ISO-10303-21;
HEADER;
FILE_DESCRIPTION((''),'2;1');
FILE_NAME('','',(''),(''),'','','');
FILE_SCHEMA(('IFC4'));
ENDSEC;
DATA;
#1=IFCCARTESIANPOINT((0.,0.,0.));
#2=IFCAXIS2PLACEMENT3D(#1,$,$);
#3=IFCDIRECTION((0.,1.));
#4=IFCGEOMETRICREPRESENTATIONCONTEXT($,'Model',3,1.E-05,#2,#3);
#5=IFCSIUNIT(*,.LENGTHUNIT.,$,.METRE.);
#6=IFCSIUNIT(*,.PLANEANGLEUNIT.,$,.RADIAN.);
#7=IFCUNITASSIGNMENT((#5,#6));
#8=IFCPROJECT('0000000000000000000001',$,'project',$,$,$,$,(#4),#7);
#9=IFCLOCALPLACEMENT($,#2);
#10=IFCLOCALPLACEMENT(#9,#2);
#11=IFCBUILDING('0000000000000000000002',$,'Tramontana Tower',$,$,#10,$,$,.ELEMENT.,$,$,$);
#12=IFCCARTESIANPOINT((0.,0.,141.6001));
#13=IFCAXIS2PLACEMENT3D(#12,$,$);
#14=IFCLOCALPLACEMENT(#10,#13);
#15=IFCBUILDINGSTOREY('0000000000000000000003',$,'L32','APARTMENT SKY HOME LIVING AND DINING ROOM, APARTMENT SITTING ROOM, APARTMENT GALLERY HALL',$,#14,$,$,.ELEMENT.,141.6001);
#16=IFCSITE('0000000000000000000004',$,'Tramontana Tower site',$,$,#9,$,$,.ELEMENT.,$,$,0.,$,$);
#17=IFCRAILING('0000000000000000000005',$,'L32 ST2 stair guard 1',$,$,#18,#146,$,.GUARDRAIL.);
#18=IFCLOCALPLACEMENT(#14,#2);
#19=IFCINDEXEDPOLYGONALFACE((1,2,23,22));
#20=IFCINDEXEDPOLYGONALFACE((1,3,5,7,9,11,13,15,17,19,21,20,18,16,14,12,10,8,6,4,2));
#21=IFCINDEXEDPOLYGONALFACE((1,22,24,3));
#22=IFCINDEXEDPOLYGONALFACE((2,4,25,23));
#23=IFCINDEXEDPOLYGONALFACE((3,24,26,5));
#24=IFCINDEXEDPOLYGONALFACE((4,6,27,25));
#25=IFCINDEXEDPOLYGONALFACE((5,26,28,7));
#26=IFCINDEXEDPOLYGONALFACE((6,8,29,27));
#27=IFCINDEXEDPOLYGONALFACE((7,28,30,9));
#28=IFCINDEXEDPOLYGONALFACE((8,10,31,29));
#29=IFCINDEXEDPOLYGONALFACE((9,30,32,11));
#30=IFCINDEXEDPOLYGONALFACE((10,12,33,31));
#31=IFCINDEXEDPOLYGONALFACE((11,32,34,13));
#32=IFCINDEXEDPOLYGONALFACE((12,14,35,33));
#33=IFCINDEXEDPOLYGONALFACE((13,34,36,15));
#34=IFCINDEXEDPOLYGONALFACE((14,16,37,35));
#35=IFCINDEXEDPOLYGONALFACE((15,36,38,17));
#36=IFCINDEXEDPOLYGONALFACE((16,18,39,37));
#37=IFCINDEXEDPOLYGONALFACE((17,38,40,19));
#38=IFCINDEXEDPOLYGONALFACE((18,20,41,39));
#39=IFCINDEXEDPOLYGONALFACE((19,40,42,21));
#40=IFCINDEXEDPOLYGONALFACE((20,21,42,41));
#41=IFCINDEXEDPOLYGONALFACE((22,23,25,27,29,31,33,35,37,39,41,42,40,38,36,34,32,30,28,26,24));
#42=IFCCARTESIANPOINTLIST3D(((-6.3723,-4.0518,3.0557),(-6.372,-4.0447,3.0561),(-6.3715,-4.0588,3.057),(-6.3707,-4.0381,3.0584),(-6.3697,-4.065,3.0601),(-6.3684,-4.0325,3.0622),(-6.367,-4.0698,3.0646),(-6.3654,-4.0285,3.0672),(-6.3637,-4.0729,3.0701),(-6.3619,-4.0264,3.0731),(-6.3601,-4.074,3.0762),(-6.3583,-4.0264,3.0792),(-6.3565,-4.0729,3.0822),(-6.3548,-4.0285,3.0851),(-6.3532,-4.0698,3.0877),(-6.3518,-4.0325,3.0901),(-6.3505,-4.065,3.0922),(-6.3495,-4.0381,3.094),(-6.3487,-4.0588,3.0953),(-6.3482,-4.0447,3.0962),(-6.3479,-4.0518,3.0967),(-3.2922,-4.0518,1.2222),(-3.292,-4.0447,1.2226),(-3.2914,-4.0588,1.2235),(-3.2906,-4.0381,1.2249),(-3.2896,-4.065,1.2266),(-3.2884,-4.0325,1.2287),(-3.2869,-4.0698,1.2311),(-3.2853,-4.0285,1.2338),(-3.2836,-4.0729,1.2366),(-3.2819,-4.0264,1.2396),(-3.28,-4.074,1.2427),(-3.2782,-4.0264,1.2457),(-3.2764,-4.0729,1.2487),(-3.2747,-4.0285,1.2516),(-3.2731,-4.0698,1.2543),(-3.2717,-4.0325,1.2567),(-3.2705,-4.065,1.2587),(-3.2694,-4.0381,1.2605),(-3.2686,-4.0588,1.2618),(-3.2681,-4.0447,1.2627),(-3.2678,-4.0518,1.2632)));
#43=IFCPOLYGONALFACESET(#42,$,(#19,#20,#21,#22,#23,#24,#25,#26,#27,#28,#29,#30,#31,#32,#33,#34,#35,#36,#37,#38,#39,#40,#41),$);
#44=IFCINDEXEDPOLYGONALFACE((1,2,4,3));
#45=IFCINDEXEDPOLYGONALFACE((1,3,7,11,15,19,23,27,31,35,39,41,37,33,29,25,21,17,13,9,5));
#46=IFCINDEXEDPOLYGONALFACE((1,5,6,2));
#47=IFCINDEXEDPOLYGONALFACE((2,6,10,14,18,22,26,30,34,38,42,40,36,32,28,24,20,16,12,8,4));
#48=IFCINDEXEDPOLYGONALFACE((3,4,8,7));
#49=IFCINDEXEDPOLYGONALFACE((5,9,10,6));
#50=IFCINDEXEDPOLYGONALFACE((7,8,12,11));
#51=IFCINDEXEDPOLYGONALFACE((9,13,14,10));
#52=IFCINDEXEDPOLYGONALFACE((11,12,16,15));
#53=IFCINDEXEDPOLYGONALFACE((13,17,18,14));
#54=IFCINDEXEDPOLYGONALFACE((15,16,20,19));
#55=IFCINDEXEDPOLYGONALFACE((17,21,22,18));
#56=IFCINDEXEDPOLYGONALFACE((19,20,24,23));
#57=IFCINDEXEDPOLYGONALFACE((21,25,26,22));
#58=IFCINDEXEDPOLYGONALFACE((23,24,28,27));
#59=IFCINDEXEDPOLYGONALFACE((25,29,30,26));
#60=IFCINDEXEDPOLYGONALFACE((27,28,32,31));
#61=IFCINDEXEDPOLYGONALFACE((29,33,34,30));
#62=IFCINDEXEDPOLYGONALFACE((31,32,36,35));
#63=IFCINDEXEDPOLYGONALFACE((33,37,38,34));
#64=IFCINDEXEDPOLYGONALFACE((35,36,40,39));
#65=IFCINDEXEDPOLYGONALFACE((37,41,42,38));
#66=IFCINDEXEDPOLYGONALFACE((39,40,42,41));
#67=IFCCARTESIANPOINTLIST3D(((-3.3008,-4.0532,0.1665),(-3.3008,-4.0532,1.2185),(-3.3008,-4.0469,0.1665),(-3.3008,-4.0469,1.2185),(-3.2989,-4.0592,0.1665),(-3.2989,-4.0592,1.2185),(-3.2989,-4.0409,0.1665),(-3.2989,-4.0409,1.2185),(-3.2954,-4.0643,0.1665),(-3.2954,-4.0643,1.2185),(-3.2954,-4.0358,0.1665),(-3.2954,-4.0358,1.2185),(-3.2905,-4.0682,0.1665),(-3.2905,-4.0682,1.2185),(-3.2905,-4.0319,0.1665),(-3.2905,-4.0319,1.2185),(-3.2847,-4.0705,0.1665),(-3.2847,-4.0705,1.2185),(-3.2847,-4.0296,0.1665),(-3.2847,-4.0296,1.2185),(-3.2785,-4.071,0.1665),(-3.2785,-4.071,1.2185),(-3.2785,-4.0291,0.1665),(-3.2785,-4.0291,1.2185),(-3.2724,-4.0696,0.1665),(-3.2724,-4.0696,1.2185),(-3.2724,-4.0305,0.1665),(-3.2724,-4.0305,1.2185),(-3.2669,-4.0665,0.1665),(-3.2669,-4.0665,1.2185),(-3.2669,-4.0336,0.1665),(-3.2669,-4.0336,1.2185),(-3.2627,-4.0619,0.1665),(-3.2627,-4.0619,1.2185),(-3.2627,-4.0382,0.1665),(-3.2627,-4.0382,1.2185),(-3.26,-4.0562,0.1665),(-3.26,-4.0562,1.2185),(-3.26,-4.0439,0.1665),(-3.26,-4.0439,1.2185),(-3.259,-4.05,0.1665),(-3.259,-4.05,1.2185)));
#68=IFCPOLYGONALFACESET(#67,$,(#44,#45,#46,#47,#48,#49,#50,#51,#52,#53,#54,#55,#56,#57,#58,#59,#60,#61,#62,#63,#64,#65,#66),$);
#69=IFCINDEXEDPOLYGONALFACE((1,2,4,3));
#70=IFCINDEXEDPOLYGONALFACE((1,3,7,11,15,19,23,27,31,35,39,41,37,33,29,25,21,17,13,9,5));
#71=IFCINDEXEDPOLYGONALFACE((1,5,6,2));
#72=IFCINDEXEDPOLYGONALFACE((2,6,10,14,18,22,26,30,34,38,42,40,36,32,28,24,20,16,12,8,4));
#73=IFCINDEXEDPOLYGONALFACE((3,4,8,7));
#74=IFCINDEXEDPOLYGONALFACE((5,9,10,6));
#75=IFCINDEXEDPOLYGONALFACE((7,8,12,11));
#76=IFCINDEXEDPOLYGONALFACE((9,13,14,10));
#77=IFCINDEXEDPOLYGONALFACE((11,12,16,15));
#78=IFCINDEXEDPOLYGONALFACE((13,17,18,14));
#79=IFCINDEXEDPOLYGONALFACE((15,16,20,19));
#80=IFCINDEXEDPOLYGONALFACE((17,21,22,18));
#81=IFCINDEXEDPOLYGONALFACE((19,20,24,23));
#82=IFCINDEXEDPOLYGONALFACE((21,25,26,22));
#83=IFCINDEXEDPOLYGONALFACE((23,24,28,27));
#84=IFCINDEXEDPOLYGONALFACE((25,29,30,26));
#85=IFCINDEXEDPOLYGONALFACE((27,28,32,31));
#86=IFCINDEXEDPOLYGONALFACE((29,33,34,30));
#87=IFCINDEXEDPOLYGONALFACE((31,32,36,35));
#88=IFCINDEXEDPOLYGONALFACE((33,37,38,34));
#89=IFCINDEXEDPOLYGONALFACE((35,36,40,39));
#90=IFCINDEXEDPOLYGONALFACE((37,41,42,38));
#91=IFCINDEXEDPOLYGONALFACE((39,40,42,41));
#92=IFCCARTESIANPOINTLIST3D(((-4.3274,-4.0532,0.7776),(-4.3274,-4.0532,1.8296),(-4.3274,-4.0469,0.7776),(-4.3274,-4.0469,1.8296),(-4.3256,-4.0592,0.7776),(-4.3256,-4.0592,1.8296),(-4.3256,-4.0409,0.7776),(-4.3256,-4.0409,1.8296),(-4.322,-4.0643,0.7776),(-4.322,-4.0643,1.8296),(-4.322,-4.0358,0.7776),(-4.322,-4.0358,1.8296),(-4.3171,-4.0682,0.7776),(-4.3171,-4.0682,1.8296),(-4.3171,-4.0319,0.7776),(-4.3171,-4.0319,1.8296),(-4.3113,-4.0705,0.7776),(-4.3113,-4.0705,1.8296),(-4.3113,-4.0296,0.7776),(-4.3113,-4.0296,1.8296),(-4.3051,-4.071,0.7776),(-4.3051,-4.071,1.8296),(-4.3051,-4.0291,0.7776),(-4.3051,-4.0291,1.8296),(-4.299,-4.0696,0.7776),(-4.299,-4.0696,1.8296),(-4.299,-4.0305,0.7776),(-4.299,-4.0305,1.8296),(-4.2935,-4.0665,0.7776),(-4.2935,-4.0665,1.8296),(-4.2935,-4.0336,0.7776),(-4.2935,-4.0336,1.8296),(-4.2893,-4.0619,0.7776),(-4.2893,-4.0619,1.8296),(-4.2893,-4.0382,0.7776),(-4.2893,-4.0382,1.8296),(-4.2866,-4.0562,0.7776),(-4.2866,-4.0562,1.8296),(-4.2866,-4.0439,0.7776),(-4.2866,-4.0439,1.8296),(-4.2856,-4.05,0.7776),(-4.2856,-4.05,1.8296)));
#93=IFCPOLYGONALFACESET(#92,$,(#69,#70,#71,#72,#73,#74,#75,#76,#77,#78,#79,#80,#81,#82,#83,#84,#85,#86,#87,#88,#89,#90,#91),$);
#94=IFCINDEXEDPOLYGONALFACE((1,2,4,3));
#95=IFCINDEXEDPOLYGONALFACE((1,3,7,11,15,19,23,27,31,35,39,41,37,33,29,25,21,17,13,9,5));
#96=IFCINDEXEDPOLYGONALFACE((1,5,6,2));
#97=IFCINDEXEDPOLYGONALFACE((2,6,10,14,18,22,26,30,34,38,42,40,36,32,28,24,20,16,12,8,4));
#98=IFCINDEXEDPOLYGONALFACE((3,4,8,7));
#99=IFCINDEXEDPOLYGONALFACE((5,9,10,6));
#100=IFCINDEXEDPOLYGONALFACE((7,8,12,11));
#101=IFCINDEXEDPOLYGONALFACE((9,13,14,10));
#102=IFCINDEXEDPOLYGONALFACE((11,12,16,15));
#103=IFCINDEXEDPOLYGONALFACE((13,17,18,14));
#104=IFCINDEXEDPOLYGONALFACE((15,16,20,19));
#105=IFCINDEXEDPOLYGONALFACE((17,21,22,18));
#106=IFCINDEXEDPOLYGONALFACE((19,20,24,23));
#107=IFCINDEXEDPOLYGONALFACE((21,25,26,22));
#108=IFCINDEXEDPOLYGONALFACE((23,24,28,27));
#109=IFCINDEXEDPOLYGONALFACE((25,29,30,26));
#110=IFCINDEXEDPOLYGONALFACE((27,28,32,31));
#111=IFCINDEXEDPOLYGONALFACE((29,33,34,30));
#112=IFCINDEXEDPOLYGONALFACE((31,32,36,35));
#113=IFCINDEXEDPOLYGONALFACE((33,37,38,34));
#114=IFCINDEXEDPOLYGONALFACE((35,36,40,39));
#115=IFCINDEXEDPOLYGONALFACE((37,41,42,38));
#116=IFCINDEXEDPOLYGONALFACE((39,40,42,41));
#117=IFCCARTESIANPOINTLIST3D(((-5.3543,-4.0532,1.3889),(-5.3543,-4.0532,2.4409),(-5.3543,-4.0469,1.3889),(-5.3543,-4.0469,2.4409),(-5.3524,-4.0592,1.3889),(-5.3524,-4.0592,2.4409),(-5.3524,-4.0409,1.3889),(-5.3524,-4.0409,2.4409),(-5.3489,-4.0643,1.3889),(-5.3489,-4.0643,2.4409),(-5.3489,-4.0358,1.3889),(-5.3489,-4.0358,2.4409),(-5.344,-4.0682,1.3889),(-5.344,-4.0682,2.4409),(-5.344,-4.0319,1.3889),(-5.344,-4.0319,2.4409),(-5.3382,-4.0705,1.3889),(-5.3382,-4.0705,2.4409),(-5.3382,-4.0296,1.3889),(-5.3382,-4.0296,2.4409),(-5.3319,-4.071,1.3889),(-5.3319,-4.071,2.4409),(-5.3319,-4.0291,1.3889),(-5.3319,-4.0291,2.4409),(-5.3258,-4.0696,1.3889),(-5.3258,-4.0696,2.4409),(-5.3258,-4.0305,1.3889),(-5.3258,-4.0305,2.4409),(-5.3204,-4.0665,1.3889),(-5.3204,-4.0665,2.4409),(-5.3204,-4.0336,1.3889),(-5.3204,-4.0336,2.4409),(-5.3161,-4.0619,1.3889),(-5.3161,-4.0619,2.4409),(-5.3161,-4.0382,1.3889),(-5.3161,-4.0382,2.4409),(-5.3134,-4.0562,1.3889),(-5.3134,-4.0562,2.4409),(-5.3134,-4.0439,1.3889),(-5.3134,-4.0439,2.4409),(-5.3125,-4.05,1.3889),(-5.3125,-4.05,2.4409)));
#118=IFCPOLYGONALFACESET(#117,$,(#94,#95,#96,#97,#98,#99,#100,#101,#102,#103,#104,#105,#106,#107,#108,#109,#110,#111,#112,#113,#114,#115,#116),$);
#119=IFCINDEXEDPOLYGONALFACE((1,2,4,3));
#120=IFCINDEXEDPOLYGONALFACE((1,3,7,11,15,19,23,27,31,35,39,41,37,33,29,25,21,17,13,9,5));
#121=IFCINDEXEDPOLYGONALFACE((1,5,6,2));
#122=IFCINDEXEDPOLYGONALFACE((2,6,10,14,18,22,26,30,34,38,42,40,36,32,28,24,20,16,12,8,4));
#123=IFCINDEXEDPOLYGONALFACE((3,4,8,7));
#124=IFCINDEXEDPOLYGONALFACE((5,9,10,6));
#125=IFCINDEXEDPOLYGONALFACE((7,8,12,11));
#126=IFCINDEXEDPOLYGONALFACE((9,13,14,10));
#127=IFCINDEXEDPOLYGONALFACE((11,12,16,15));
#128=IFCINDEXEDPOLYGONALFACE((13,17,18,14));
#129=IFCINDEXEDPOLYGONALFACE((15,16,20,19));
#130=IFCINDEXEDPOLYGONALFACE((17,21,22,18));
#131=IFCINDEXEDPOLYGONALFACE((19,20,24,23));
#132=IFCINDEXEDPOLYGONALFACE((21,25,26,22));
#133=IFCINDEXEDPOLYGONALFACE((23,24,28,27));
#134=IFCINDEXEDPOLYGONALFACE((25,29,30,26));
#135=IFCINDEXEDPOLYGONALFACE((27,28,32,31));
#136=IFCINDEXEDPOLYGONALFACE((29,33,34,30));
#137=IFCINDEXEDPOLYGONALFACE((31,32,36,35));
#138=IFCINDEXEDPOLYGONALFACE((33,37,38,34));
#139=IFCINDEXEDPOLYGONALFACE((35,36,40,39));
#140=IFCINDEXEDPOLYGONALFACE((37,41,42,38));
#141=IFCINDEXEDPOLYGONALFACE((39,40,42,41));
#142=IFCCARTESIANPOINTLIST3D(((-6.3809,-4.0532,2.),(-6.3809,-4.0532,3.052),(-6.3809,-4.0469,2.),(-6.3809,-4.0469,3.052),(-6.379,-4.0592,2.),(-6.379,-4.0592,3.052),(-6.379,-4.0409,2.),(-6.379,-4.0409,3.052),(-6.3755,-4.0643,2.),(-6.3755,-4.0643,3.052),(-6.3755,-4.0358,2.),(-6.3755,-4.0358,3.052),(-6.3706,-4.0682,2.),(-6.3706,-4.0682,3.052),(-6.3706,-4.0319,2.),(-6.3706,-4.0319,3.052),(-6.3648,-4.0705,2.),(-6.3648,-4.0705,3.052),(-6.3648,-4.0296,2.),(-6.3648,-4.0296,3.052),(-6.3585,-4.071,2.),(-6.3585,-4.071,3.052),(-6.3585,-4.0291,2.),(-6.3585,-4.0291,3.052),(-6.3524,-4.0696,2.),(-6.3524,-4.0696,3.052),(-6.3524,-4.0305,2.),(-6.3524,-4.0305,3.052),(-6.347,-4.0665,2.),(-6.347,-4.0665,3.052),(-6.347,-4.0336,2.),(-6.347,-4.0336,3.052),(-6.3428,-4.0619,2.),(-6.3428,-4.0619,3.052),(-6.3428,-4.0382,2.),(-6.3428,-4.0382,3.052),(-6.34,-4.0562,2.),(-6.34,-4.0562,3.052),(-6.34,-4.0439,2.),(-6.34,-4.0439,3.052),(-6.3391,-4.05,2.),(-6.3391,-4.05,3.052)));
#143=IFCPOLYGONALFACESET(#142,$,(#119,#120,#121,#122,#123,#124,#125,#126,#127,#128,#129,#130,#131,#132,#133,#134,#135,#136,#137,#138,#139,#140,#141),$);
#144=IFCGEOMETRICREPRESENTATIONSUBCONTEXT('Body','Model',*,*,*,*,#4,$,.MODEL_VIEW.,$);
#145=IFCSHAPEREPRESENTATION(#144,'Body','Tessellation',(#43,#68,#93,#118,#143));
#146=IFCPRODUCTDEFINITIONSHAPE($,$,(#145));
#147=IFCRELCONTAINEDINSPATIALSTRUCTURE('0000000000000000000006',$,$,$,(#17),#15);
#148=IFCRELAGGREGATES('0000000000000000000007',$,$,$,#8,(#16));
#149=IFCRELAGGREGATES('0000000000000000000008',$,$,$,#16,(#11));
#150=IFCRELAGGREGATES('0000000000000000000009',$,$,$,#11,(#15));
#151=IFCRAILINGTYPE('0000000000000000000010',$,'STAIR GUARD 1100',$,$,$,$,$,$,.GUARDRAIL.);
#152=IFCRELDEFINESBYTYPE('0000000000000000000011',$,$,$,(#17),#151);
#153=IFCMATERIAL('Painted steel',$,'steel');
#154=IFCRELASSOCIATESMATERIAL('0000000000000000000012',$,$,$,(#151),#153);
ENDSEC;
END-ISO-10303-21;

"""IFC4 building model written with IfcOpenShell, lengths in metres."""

from ifc_helpers import new_model, si_unit, direction, frame, origin, origin_2d, place, context, subcontext, project, spatial, circle, extrude, material, type_object, element, save


model = new_model("IFC4")

# Units and contexts
model_context = context("Model", 3, precision=1e-05, world=origin(), true_north=direction((0.0, 1.0)))
body_context = subcontext(model_context, "Body", "Model", "MODEL_VIEW")
ifc_project = project(units=[si_unit("LENGTHUNIT", "METRE"), si_unit("PLANEANGLEUNIT", "RADIAN")], contexts=[model_context])

# Site, building, storey
site_placement = place(None, origin())
site = spatial("IfcSite", under=ifc_project, at=site_placement, Name="Tramontana Tower site", CompositionType="ELEMENT", RefElevation=0.0)
building_placement = place(site_placement, origin())
building = spatial("IfcBuilding", under=site, at=building_placement, Name="Tramontana Tower", CompositionType="ELEMENT")
storey_placement = place(building_placement, frame((0.0, 0.0, 141.6001)))
storey = spatial("IfcBuildingStorey", under=building, at=storey_placement, Name="L32", Description="APARTMENT SKY HOME LIVING AND DINING ROOM, APARTMENT SITTING ROOM, APARTMENT GALLERY HALL", CompositionType="ELEMENT", Elevation=141.6001)

# Railing
ifc_material_1 = material(Name="Painted steel", Category="steel")
railing_type_1 = type_object("IfcRailingType", Name="STAIR GUARD 1100", PredefinedType="GUARDRAIL", material=ifc_material_1)
railing_1_placement = place(storey_placement, frame((-3.28, -4.05, 0.1665)))
element("IfcRailing", 1, at=railing_1_placement, inside=storey, type_object=railing_type_1, Name="L32 ST2 stair guard 1", PredefinedType="GUARDRAIL", context=body_context, shape_type="SweptSolid", body=[
    extrude(circle(Radius=0.0239, at=origin_2d()), frame((0.0, 0.0, 1.0762), z_axis=(-0.859279, 0.0, 0.511508), x_axis=(0.0, -1.0, 0.0)), (0.0, 0.0, 1.0), 3.5845),
    extrude(circle(Radius=0.021, at=origin_2d()), origin(), (0.0, 0.0, 1.0), 1.052),
    extrude(circle(Radius=0.021, at=origin_2d()), frame((-1.0266, 0.0, 0.6111)), (0.0, 0.0, 1.0), 1.052),
    extrude(circle(Radius=0.021, at=origin_2d()), frame((-2.0535, 0.0, 1.2224)), (0.0, 0.0, 1.0), 1.052),
    extrude(circle(Radius=0.021, at=origin_2d()), frame((-3.0801, 0.0, 1.8335)), (0.0, 0.0, 1.0), 1.052),
])

save(model, "model.ifc")
